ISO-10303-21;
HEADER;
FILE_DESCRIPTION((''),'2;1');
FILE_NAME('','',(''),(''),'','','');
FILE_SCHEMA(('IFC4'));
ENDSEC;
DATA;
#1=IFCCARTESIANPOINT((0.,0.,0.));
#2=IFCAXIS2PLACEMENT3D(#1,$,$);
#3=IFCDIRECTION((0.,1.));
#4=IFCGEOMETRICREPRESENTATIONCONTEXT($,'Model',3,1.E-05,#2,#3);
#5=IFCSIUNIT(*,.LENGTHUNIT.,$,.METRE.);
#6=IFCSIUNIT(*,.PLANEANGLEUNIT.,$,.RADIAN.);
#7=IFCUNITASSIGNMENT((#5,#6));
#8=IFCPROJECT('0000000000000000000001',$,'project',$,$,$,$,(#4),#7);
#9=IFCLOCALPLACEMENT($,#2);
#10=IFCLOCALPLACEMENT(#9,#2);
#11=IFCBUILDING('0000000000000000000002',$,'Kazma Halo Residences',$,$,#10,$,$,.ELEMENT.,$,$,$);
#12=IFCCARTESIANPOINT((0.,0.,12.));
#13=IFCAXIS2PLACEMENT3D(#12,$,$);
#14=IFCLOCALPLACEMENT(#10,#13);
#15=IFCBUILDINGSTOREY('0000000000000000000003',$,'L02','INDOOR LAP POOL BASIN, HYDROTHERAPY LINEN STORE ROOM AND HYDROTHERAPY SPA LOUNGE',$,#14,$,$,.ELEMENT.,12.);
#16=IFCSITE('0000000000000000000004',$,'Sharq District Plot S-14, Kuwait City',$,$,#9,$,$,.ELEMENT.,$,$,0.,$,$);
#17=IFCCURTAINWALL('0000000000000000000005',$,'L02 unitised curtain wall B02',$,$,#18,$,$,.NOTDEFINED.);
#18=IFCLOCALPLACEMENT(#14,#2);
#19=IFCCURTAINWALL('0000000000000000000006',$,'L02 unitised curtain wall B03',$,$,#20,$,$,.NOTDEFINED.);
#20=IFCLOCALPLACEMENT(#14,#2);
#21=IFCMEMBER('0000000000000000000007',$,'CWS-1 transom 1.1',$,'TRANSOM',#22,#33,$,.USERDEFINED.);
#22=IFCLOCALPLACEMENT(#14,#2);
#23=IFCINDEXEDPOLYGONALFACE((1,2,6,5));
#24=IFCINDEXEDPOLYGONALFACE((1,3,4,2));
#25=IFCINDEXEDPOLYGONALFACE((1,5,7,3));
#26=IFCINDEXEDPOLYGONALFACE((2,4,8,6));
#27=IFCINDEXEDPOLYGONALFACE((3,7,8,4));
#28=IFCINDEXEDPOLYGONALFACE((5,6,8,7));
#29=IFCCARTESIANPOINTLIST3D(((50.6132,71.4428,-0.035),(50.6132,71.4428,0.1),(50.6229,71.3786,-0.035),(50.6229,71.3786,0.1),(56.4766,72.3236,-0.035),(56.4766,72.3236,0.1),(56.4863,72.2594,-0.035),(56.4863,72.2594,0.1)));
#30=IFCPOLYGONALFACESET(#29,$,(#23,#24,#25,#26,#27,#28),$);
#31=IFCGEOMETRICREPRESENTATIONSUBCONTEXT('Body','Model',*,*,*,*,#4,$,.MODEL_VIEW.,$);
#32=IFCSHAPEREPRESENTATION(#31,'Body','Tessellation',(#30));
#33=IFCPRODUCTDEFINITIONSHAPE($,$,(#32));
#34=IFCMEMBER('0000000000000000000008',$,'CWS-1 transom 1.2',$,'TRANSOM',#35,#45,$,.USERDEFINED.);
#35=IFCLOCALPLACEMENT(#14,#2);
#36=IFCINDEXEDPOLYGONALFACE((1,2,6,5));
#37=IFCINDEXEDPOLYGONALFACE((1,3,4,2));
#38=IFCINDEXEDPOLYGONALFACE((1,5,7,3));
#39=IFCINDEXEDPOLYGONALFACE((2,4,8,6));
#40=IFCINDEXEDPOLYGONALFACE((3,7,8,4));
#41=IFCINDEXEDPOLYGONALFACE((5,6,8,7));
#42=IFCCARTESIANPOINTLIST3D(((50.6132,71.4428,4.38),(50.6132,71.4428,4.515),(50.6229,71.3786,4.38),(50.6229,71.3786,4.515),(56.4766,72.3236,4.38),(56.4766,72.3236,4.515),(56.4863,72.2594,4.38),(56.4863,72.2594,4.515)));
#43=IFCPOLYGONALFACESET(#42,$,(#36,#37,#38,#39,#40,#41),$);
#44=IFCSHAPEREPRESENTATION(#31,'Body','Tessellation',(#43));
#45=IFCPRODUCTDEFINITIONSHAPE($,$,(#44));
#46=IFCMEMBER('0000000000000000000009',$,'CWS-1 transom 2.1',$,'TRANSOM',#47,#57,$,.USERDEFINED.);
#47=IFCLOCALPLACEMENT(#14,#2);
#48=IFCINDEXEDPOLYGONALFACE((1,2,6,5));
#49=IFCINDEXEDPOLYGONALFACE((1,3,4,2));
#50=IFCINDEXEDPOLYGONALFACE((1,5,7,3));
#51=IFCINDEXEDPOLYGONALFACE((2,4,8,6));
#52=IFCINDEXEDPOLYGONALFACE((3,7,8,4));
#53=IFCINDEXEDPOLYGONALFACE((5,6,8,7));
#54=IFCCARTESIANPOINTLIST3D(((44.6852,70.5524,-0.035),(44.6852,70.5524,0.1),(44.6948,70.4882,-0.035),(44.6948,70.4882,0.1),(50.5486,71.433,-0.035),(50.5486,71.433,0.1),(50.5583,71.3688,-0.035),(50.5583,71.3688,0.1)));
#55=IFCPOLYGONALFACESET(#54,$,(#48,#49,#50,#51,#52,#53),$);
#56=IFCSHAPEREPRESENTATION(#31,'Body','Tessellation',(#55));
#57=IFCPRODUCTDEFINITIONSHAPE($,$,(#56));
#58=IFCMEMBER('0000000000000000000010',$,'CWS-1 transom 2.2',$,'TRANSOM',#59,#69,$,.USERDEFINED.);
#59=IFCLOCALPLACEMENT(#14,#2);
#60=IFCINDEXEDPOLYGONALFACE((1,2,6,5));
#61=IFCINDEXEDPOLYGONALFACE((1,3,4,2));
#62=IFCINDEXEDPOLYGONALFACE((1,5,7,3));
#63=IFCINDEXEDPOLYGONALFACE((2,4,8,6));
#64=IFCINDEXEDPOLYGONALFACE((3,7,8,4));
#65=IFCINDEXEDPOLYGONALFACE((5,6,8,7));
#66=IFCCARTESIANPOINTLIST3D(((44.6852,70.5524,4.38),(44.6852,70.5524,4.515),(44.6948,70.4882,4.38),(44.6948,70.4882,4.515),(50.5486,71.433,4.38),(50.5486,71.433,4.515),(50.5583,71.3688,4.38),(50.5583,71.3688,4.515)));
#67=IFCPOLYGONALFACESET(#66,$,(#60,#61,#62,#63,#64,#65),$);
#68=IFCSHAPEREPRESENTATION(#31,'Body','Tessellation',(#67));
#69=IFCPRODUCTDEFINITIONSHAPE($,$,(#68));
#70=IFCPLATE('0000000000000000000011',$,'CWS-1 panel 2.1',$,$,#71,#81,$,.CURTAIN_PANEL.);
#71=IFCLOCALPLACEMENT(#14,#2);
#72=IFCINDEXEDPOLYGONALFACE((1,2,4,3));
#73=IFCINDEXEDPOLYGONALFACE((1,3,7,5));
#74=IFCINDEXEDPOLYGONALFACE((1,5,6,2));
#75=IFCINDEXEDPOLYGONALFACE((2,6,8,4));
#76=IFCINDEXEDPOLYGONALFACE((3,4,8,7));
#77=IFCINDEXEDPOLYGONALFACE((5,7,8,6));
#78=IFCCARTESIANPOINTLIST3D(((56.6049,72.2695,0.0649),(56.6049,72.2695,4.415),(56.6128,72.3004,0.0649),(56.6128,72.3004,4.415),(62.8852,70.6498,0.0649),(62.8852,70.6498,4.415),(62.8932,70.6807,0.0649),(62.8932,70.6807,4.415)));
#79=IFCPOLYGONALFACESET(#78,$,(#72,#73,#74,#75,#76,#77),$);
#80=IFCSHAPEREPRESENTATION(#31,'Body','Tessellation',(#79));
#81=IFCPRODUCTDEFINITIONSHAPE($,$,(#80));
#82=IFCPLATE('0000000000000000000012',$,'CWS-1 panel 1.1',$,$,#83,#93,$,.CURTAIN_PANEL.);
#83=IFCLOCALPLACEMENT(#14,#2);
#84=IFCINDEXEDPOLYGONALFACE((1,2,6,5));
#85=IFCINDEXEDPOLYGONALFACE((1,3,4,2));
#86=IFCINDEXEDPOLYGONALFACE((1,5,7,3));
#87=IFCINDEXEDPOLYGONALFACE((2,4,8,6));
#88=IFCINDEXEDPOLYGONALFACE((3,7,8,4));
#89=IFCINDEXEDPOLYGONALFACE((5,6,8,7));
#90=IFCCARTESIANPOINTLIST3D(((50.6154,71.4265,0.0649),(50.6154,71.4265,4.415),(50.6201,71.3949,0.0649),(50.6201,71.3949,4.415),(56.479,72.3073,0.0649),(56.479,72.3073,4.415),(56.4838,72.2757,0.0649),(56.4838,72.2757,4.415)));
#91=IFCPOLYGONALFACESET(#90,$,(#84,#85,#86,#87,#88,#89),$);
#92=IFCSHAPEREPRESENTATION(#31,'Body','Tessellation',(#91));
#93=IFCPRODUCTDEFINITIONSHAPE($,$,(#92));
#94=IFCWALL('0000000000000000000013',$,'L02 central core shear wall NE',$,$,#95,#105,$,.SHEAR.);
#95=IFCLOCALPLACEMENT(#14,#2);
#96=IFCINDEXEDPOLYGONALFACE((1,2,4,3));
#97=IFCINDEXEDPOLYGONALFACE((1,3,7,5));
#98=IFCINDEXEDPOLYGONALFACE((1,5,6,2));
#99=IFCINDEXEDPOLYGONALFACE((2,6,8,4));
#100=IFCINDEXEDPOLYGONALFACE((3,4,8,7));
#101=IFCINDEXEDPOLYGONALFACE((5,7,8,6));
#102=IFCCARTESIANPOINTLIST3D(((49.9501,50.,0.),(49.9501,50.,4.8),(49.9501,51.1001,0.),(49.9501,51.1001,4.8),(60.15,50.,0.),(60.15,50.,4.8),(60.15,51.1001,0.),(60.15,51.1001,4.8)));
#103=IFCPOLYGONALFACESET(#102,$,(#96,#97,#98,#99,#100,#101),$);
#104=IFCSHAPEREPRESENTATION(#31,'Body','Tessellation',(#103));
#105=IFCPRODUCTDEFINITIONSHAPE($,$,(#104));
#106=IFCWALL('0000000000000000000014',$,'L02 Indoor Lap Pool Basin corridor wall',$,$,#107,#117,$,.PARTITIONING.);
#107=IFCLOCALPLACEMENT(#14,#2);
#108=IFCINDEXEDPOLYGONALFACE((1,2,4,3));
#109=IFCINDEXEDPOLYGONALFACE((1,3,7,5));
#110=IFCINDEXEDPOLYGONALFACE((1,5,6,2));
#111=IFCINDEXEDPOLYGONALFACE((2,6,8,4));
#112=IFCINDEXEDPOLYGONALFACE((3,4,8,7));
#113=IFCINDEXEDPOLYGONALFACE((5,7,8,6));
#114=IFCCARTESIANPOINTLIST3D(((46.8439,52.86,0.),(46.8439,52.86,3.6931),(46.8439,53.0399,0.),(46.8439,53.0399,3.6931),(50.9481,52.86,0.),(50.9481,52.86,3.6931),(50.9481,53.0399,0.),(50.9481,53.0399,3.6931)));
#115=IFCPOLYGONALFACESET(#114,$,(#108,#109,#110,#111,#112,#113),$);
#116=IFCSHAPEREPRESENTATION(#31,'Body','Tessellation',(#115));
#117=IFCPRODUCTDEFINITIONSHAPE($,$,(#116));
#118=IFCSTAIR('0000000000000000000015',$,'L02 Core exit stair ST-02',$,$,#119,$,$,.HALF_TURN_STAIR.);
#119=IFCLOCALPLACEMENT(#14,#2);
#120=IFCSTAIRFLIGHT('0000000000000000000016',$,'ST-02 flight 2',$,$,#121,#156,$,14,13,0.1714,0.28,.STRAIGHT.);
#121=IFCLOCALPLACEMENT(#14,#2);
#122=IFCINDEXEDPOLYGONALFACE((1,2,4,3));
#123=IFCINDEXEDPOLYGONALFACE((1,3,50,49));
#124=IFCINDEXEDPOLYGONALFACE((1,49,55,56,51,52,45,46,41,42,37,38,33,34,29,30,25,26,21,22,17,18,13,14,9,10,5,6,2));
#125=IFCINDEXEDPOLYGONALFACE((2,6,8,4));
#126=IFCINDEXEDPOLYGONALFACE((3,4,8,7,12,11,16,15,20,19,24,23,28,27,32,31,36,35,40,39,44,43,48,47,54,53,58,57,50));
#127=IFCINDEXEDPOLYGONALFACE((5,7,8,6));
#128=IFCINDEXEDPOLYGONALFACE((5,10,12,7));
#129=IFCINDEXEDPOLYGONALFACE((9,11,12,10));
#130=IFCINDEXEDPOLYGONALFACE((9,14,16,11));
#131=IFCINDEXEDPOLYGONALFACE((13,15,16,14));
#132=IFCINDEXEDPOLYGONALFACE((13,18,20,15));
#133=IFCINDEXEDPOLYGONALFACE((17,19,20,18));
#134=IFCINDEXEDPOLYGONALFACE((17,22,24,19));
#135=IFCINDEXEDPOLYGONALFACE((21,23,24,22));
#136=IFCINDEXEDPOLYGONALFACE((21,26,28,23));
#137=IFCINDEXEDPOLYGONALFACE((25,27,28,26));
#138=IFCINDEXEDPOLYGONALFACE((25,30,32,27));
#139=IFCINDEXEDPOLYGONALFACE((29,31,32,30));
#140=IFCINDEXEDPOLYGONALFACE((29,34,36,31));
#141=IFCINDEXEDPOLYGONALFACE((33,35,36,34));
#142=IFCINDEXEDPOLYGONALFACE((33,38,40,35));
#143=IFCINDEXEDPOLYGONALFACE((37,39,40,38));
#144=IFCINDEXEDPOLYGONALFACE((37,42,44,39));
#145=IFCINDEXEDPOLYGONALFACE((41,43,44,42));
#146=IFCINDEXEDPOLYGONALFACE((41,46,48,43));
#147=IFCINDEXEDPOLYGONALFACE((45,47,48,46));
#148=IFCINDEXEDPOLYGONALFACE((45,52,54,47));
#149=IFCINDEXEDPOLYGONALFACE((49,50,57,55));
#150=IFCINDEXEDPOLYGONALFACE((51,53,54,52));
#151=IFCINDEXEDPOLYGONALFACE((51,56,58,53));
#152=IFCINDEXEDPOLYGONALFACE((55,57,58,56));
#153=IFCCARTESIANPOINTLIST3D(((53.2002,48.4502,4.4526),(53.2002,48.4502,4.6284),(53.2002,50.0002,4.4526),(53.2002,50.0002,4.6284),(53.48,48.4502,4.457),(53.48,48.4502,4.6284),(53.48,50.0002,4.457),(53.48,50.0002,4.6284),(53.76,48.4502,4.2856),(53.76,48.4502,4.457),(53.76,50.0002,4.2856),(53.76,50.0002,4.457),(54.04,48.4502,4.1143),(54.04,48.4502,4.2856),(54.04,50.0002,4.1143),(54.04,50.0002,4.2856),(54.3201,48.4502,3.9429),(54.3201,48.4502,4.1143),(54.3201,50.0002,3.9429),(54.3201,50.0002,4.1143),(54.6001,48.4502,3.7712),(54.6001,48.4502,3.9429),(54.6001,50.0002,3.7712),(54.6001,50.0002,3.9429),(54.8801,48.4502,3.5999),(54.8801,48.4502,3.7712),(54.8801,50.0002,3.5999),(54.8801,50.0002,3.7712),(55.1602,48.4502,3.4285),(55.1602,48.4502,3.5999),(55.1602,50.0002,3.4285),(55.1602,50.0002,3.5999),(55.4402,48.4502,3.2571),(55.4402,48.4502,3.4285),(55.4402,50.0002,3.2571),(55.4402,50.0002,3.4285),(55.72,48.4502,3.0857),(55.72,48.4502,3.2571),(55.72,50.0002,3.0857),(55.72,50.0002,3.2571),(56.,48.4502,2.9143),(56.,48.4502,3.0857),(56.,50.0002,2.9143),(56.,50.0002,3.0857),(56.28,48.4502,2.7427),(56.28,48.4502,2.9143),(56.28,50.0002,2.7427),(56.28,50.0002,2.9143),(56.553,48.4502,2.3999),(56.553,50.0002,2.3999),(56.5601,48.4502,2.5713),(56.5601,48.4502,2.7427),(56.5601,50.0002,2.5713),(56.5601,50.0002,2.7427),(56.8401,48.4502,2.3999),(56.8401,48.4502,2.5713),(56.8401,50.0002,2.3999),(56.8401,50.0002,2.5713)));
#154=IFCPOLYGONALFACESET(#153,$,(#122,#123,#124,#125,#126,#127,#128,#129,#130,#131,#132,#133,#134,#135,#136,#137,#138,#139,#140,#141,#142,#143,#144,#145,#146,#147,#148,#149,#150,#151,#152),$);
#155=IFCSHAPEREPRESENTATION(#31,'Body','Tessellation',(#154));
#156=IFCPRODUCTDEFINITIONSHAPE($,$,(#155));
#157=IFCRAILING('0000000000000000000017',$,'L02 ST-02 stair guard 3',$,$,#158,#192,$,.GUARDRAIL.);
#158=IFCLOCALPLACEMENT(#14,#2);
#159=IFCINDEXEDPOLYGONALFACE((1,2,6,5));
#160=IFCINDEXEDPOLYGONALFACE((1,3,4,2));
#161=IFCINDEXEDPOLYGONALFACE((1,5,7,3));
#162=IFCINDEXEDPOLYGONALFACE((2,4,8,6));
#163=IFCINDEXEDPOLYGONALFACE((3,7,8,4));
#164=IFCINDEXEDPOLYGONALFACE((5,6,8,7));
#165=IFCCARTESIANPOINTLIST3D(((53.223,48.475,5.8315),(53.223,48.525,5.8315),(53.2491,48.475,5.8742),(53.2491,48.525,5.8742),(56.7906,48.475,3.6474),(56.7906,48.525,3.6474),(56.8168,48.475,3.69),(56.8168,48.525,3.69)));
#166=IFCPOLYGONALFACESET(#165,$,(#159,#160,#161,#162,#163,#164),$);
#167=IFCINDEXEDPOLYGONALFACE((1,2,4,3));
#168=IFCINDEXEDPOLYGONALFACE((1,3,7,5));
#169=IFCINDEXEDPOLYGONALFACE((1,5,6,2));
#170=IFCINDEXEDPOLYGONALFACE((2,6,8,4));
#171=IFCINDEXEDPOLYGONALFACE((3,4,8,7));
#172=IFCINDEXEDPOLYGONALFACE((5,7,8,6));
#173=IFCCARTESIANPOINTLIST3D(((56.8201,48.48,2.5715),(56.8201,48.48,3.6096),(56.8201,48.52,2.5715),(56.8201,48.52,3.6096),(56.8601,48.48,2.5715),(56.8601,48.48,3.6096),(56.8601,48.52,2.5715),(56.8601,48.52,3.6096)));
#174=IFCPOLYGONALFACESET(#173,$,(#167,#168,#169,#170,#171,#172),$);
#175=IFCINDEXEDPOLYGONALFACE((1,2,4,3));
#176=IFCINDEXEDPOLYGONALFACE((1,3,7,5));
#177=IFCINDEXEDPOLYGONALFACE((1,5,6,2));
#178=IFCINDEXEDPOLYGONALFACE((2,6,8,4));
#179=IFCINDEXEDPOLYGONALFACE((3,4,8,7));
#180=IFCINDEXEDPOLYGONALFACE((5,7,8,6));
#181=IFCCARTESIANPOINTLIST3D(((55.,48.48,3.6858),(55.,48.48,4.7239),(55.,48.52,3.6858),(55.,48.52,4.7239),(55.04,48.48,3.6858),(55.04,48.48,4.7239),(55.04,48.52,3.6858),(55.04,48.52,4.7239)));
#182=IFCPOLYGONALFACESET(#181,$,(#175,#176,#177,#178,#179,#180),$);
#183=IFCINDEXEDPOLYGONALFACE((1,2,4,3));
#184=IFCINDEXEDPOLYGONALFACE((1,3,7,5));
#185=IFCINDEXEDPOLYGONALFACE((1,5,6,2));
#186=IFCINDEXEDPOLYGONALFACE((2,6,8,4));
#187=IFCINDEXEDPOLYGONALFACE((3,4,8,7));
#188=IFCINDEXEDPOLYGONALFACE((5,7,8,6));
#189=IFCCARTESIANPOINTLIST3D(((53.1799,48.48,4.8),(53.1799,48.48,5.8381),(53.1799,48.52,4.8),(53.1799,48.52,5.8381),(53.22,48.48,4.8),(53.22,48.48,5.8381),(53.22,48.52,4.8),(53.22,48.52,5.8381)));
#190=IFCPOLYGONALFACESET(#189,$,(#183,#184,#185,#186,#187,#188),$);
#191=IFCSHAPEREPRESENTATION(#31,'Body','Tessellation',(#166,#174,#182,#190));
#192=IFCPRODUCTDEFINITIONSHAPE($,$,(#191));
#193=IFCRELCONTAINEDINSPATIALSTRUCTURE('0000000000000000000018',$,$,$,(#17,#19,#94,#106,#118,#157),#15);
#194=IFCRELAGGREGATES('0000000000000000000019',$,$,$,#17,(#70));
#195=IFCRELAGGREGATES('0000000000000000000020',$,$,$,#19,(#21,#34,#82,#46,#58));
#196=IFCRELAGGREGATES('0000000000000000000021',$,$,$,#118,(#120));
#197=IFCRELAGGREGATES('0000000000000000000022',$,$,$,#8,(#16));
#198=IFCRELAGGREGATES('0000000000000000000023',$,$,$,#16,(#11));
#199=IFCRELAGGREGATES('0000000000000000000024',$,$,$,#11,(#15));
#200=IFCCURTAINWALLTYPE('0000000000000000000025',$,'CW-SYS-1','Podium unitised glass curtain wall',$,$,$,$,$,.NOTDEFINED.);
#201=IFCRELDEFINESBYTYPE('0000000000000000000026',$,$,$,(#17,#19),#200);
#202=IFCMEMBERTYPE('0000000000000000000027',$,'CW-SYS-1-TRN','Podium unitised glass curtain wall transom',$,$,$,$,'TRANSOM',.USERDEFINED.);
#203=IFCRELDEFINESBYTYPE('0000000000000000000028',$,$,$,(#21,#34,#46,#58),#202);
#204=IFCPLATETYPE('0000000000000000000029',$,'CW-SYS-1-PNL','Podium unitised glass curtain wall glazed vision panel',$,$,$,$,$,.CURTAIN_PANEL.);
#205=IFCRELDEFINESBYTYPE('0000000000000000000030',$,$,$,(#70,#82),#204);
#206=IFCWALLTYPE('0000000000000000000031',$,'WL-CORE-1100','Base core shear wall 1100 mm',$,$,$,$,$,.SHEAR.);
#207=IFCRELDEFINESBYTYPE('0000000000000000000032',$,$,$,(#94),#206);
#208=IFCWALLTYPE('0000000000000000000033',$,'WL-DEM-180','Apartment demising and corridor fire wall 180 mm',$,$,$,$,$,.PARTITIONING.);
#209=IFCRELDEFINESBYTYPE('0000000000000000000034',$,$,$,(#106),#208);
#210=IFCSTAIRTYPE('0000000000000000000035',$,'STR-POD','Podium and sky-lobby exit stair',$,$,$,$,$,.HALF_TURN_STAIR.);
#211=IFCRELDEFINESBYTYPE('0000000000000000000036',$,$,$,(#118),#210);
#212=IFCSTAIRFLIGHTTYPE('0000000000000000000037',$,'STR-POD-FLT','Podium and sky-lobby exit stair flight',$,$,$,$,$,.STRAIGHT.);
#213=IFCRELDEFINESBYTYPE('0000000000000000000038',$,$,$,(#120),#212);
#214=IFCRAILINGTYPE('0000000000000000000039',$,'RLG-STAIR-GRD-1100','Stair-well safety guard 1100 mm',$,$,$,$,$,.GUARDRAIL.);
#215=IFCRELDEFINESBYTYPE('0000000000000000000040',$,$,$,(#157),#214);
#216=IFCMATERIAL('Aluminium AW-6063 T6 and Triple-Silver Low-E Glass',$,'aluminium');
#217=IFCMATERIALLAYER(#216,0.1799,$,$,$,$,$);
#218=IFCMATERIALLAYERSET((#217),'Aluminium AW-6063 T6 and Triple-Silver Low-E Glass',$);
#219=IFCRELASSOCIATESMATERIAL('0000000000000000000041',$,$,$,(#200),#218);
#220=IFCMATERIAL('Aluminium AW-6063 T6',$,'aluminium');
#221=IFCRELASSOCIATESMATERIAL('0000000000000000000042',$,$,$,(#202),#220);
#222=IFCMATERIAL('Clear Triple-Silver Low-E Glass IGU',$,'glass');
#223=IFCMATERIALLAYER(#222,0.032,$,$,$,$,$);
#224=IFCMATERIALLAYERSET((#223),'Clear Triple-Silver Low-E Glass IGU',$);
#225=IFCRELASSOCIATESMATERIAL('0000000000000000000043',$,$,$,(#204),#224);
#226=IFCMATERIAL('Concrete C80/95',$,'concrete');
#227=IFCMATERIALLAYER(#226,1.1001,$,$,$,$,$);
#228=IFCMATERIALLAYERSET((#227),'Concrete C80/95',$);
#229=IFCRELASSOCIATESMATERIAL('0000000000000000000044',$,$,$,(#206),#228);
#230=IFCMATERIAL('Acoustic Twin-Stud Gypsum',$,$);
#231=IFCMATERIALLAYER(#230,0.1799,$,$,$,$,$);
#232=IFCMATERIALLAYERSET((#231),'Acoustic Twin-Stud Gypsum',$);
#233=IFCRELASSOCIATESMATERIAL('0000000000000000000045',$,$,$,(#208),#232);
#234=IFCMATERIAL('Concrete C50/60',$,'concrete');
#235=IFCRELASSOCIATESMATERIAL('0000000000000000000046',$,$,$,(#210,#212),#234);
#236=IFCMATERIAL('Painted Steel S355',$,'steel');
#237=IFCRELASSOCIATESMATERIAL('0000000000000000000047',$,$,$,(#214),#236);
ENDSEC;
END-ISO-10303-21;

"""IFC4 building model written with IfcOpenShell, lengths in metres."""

from ifc_helpers import new_model, si_unit, direction, frame, frame_2d, origin, origin_2d, place, context, subcontext, project, spatial, polyline, rectangle, outline, extrude, material, layer, layer_set, material_profile, profile_set, type_object, element, aggregate, save


model = new_model("IFC4")

# Units and contexts
model_context = context("Model", 3, precision=1e-05, world=origin(), true_north=direction((0.0, 1.0)))
body_context = subcontext(model_context, "Body", "Model", "MODEL_VIEW")
ifc_project = project(units=[si_unit("LENGTHUNIT", "METRE"), si_unit("PLANEANGLEUNIT", "RADIAN")], contexts=[model_context])

# Site, building, storey
site_placement = place(None, origin())
site = spatial("IfcSite", under=ifc_project, at=site_placement, Name="Sharq District Plot S-14, Kuwait City", CompositionType="ELEMENT", RefElevation=0.0)
building_placement = place(site_placement, origin())
building = spatial("IfcBuilding", under=site, at=building_placement, Name="Kazma Halo Residences", CompositionType="ELEMENT")
storey_placement = place(building_placement, frame((0.0, 0.0, 12.0)))
storey = spatial("IfcBuildingStorey", under=building, at=storey_placement, Name="L02", Description="INDOOR LAP POOL BASIN, HYDROTHERAPY LINEN STORE ROOM AND HYDROTHERAPY SPA LOUNGE", CompositionType="ELEMENT", Elevation=12.0)

# Shared definitions
ifc_material_1 = material(Name="Concrete C80/95", Category="concrete")

# Curtain wall
ifc_material_2 = material(Name="Aluminium AW-6063 T6 and Triple-Silver Low-E Glass", Category="aluminium")
ifc_layer_1 = layer(ifc_material_2, 0.1799)
ifc_layer_set_1 = layer_set([ifc_layer_1], Name="Aluminium AW-6063 T6 and Triple-Silver Low-E Glass")
curtain_wall_type = type_object("IfcCurtainWallType", Name="CW-SYS-1", Description="Podium unitised glass curtain wall", PredefinedType="NOTDEFINED", material=ifc_layer_set_1)
curtain_wall_1_placement = place(storey_placement, origin())
curtain_wall_1 = element("IfcCurtainWall", 1, at=curtain_wall_1_placement, inside=storey, type_object=curtain_wall_type, Name="L02 unitised curtain wall B02", PredefinedType="NOTDEFINED")
ifc_material_3 = material(Name="Aluminium AW-6063 T6", Category="aluminium")

# Curtain wall, members
curtain_wall_2_placement = place(storey_placement, origin())
curtain_wall_2 = element("IfcCurtainWall", 2, at=curtain_wall_2_placement, inside=storey, type_object=curtain_wall_type, Name="L02 unitised curtain wall B03", PredefinedType="NOTDEFINED")
ifc_material_profile_1 = material_profile(ifc_material_3, rectangle(XDim=0.0649, YDim=0.135, at=origin_2d()), Name="CWT-65x135")
ifc_profile_set_1 = profile_set([ifc_material_profile_1], Name="Aluminium AW-6063 T6")
member_type_1 = type_object("IfcMemberType", Name="CW-SYS-1-TRN", Description="Podium unitised glass curtain wall transom", ElementType="TRANSOM", PredefinedType="USERDEFINED", material=ifc_profile_set_1)
member_1_placement = place(storey_placement, frame((56.4814, 72.2915, 0.0325), z_axis=(-0.988903, -0.14856, 0.0), x_axis=(0.14856, -0.988903, 0.0)))
member_1 = element("IfcMember", 3, at=member_1_placement, type_object=member_type_1, Name="CWS-1 transom 1.1", ObjectType="TRANSOM", PredefinedType="USERDEFINED", context=body_context, shape_type="SweptSolid", body=[
    extrude(rectangle(XDim=0.0649, YDim=0.135, at=origin_2d()), origin(), (0.0, 0.0, 1.0), 5.9292),
])
member_2_placement = place(storey_placement, frame((56.4814, 72.2915, 4.4475), z_axis=(-0.988903, -0.14856, 0.0), x_axis=(0.14856, -0.988903, 0.0)))
member_2 = element("IfcMember", 4, at=member_2_placement, type_object=member_type_1, Name="CWS-1 transom 1.2", ObjectType="TRANSOM", PredefinedType="USERDEFINED", context=body_context, shape_type="SweptSolid", body=[
    extrude(rectangle(XDim=0.0649, YDim=0.135, at=origin_2d()), origin(), (0.0, 0.0, 1.0), 5.9292),
])
member_3_placement = place(storey_placement, frame((50.5535, 71.4009, 0.0325), z_axis=(-0.988909, -0.14852, 0.0), x_axis=(0.14852, -0.988909, 0.0)))
member_3 = element("IfcMember", 5, at=member_3_placement, type_object=member_type_1, Name="CWS-1 transom 2.1", ObjectType="TRANSOM", PredefinedType="USERDEFINED", context=body_context, shape_type="SweptSolid", body=[
    extrude(rectangle(XDim=0.0649, YDim=0.135, at=origin_2d()), origin(), (0.0, 0.0, 1.0), 5.9292),
])
member_4_placement = place(storey_placement, frame((50.5535, 71.4009, 4.4475), z_axis=(-0.988909, -0.14852, 0.0), x_axis=(0.14852, -0.988909, 0.0)))
member_4 = element("IfcMember", 6, at=member_4_placement, type_object=member_type_1, Name="CWS-1 transom 2.2", ObjectType="TRANSOM", PredefinedType="USERDEFINED", context=body_context, shape_type="SweptSolid", body=[
    extrude(rectangle(XDim=0.0649, YDim=0.135, at=origin_2d()), origin(), (0.0, 0.0, 1.0), 5.9292),
])

# Plates
ifc_material_4 = material(Name="Clear Triple-Silver Low-E Glass IGU", Category="glass")
ifc_layer_2 = layer(ifc_material_4, 0.032)
ifc_layer_set_2 = layer_set([ifc_layer_2], Name="Clear Triple-Silver Low-E Glass IGU")
plate_type = type_object("IfcPlateType", Name="CW-SYS-1-PNL", Description="Podium unitised glass curtain wall glazed vision panel", PredefinedType="CURTAIN_PANEL", material=ifc_layer_set_2)
plate_1_placement = place(storey_placement, frame((59.749, 71.4751, 0.0649), z_axis=(0.0, 0.0, 1.0), x_axis=(-0.968316, 0.249727, 0.0)))
plate_1 = element("IfcPlate", 7, at=plate_1_placement, type_object=plate_type, Name="CWS-1 panel 2.1", PredefinedType="CURTAIN_PANEL", context=body_context, shape_type="SweptSolid", body=[
    extrude(rectangle(XDim=6.4858, YDim=0.032, at=origin_2d()), origin(), (0.0, 0.0, 1.0), 4.3501),
])
aggregate(curtain_wall_1, [plate_1])
plate_2_placement = place(storey_placement, frame((53.5496, 71.8511, 0.0649), z_axis=(0.0, 0.0, 1.0), x_axis=(-0.988905, -0.148549, 0.0)))
plate_2 = element("IfcPlate", 8, at=plate_2_placement, type_object=plate_type, Name="CWS-1 panel 1.1", PredefinedType="CURTAIN_PANEL", context=body_context, shape_type="SweptSolid", body=[
    extrude(rectangle(XDim=5.9294, YDim=0.032, at=origin_2d()), origin(), (0.0, 0.0, 1.0), 4.3501),
])
aggregate(curtain_wall_2, [member_1, member_2, plate_2, member_3, member_4])

# Wall
ifc_layer_3 = layer(ifc_material_1, 1.1001)
ifc_layer_set_3 = layer_set([ifc_layer_3], Name="Concrete C80/95")
wall_type_1 = type_object("IfcWallType", Name="WL-CORE-1100", Description="Base core shear wall 1100 mm", PredefinedType="SHEAR", material=ifc_layer_set_3)
wall_1_placement = place(storey_placement, frame((49.95, 50.55, 0.0), z_axis=(0.0, 0.0, 1.0), x_axis=(1.0, 0.0, 0.0)))
element("IfcWall", 9, at=wall_1_placement, inside=storey, type_object=wall_type_1, Name="L02 central core shear wall NE", PredefinedType="SHEAR", context=body_context, shape_type="SweptSolid", body=[
    extrude(rectangle(XDim=10.2, YDim=1.1001, at=frame_2d((5.1001, 0.0))), origin(), (0.0, 0.0, 1.0), 4.8),
])

# Shared definitions
ifc_material_5 = material(Name="Acoustic Twin-Stud Gypsum")
ifc_layer_4 = layer(ifc_material_5, 0.1799)
ifc_layer_set_4 = layer_set([ifc_layer_4], Name="Acoustic Twin-Stud Gypsum")
wall_type_2 = type_object("IfcWallType", Name="WL-DEM-180", Description="Apartment demising and corridor fire wall 180 mm", PredefinedType="PARTITIONING", material=ifc_layer_set_4)

# Wall
wall_2_placement = place(storey_placement, frame((50.9482, 52.95, 0.0), z_axis=(0.0, 0.0, 1.0), x_axis=(-1.0, 0.0, 0.0)))
element("IfcWall", 10, at=wall_2_placement, inside=storey, type_object=wall_type_2, Name="L02 Indoor Lap Pool Basin corridor wall", PredefinedType="PARTITIONING", context=body_context, shape_type="SweptSolid", body=[
    extrude(rectangle(XDim=4.1042, YDim=0.1799, at=frame_2d((2.0522, 0.0))), origin(), (0.0, 0.0, 1.0), 3.6931),
])

# Stair, stair flight
ifc_material_6 = material(Name="Concrete C50/60", Category="concrete")
stair_type = type_object("IfcStairType", Name="STR-POD", Description="Podium and sky-lobby exit stair", PredefinedType="HALF_TURN_STAIR", material=ifc_material_6)
stair_placement = place(storey_placement, origin())
stair = element("IfcStair", 11, at=stair_placement, inside=storey, type_object=stair_type, Name="L02 Core exit stair ST-02", PredefinedType="HALF_TURN_STAIR")
stair_flight_type = type_object("IfcStairFlightType", Name="STR-POD-FLT", Description="Podium and sky-lobby exit stair flight", PredefinedType="STRAIGHT", material=ifc_material_6)
stair_flight_placement = place(storey_placement, frame((56.8401, 49.2251, 2.3999), z_axis=(0.0, 0.0, 1.0), x_axis=(-1.0, 0.0, 0.0)))
stair_flight = element("IfcStairFlight", 12, at=stair_flight_placement, type_object=stair_flight_type, Name="ST-02 flight 2", NumberOfRisers=14, NumberOfTreads=13, PredefinedType="STRAIGHT", RiserHeight=0.1714, TreadLength=0.28, context=body_context, shape_type="SweptSolid", body=[
    extrude(outline(polyline([(0.0, 0.0), (0.0, 0.1714), (0.28, 0.1714), (0.28, 0.3428), (0.5601, 0.3428), (0.5601, 0.5144), (0.8401, 0.5144), (0.8401, 0.6858), (1.1201, 0.6858), (1.1201, 0.8572), (1.3999, 0.8572), (1.3999, 1.0286), (1.6799, 1.0286), (1.6799, 1.2), (1.96, 1.2), (1.96, 1.3713), (2.24, 1.3713), (2.24, 1.543), (2.52, 1.543), (2.52, 1.7144), (2.8, 1.7144), (2.8, 1.8857), (3.0801, 1.8857), (3.0801, 2.0571), (3.3601, 2.0571), (3.3601, 2.2285), (3.6399, 2.2285), (3.6399, 2.3999), (3.6399, 2.0527), (0.2871, 0.0), (0.0, 0.0)])), frame((0.0, 0.7749, 0.0), z_axis=(0.0, -1.0, 0.0), x_axis=(1.0, 0.0, 0.0)), (0.0, 0.0, 1.0), 1.55),
])
aggregate(stair, [stair_flight])

# Railing
ifc_material_7 = material(Name="Painted Steel S355", Category="steel")
railing_type_1 = type_object("IfcRailingType", Name="RLG-STAIR-GRD-1100", Description="Stair-well safety guard 1100 mm", PredefinedType="GUARDRAIL", material=ifc_material_7)
railing_1_placement = place(storey_placement, frame((56.8401, 48.5, 2.5715)))
element("IfcRailing", 13, at=railing_1_placement, inside=storey, type_object=railing_type_1, Name="L02 ST-02 stair guard 3", PredefinedType="GUARDRAIL", context=body_context, shape_type="SweptSolid", body=[
    extrude(rectangle(XDim=0.05, YDim=0.05, at=origin_2d()), frame((-0.0364, 0.0, 1.0972), z_axis=(-0.852866, 0.0, 0.52213), x_axis=(0.0, -1.0, 0.0)), (0.0, 0.0, 1.0), 4.1831),
    extrude(rectangle(XDim=0.04, YDim=0.04, at=origin_2d()), origin(), (0.0, 0.0, 1.0), 1.0381),
    extrude(rectangle(XDim=0.04, YDim=0.04, at=origin_2d()), frame((-1.8201, 0.0, 1.1143)), (0.0, 0.0, 1.0), 1.0381),
    extrude(rectangle(XDim=0.04, YDim=0.04, at=origin_2d()), frame((-3.6401, 0.0, 2.2285)), (0.0, 0.0, 1.0), 1.0381),
])

save(model, "model.ifc")
